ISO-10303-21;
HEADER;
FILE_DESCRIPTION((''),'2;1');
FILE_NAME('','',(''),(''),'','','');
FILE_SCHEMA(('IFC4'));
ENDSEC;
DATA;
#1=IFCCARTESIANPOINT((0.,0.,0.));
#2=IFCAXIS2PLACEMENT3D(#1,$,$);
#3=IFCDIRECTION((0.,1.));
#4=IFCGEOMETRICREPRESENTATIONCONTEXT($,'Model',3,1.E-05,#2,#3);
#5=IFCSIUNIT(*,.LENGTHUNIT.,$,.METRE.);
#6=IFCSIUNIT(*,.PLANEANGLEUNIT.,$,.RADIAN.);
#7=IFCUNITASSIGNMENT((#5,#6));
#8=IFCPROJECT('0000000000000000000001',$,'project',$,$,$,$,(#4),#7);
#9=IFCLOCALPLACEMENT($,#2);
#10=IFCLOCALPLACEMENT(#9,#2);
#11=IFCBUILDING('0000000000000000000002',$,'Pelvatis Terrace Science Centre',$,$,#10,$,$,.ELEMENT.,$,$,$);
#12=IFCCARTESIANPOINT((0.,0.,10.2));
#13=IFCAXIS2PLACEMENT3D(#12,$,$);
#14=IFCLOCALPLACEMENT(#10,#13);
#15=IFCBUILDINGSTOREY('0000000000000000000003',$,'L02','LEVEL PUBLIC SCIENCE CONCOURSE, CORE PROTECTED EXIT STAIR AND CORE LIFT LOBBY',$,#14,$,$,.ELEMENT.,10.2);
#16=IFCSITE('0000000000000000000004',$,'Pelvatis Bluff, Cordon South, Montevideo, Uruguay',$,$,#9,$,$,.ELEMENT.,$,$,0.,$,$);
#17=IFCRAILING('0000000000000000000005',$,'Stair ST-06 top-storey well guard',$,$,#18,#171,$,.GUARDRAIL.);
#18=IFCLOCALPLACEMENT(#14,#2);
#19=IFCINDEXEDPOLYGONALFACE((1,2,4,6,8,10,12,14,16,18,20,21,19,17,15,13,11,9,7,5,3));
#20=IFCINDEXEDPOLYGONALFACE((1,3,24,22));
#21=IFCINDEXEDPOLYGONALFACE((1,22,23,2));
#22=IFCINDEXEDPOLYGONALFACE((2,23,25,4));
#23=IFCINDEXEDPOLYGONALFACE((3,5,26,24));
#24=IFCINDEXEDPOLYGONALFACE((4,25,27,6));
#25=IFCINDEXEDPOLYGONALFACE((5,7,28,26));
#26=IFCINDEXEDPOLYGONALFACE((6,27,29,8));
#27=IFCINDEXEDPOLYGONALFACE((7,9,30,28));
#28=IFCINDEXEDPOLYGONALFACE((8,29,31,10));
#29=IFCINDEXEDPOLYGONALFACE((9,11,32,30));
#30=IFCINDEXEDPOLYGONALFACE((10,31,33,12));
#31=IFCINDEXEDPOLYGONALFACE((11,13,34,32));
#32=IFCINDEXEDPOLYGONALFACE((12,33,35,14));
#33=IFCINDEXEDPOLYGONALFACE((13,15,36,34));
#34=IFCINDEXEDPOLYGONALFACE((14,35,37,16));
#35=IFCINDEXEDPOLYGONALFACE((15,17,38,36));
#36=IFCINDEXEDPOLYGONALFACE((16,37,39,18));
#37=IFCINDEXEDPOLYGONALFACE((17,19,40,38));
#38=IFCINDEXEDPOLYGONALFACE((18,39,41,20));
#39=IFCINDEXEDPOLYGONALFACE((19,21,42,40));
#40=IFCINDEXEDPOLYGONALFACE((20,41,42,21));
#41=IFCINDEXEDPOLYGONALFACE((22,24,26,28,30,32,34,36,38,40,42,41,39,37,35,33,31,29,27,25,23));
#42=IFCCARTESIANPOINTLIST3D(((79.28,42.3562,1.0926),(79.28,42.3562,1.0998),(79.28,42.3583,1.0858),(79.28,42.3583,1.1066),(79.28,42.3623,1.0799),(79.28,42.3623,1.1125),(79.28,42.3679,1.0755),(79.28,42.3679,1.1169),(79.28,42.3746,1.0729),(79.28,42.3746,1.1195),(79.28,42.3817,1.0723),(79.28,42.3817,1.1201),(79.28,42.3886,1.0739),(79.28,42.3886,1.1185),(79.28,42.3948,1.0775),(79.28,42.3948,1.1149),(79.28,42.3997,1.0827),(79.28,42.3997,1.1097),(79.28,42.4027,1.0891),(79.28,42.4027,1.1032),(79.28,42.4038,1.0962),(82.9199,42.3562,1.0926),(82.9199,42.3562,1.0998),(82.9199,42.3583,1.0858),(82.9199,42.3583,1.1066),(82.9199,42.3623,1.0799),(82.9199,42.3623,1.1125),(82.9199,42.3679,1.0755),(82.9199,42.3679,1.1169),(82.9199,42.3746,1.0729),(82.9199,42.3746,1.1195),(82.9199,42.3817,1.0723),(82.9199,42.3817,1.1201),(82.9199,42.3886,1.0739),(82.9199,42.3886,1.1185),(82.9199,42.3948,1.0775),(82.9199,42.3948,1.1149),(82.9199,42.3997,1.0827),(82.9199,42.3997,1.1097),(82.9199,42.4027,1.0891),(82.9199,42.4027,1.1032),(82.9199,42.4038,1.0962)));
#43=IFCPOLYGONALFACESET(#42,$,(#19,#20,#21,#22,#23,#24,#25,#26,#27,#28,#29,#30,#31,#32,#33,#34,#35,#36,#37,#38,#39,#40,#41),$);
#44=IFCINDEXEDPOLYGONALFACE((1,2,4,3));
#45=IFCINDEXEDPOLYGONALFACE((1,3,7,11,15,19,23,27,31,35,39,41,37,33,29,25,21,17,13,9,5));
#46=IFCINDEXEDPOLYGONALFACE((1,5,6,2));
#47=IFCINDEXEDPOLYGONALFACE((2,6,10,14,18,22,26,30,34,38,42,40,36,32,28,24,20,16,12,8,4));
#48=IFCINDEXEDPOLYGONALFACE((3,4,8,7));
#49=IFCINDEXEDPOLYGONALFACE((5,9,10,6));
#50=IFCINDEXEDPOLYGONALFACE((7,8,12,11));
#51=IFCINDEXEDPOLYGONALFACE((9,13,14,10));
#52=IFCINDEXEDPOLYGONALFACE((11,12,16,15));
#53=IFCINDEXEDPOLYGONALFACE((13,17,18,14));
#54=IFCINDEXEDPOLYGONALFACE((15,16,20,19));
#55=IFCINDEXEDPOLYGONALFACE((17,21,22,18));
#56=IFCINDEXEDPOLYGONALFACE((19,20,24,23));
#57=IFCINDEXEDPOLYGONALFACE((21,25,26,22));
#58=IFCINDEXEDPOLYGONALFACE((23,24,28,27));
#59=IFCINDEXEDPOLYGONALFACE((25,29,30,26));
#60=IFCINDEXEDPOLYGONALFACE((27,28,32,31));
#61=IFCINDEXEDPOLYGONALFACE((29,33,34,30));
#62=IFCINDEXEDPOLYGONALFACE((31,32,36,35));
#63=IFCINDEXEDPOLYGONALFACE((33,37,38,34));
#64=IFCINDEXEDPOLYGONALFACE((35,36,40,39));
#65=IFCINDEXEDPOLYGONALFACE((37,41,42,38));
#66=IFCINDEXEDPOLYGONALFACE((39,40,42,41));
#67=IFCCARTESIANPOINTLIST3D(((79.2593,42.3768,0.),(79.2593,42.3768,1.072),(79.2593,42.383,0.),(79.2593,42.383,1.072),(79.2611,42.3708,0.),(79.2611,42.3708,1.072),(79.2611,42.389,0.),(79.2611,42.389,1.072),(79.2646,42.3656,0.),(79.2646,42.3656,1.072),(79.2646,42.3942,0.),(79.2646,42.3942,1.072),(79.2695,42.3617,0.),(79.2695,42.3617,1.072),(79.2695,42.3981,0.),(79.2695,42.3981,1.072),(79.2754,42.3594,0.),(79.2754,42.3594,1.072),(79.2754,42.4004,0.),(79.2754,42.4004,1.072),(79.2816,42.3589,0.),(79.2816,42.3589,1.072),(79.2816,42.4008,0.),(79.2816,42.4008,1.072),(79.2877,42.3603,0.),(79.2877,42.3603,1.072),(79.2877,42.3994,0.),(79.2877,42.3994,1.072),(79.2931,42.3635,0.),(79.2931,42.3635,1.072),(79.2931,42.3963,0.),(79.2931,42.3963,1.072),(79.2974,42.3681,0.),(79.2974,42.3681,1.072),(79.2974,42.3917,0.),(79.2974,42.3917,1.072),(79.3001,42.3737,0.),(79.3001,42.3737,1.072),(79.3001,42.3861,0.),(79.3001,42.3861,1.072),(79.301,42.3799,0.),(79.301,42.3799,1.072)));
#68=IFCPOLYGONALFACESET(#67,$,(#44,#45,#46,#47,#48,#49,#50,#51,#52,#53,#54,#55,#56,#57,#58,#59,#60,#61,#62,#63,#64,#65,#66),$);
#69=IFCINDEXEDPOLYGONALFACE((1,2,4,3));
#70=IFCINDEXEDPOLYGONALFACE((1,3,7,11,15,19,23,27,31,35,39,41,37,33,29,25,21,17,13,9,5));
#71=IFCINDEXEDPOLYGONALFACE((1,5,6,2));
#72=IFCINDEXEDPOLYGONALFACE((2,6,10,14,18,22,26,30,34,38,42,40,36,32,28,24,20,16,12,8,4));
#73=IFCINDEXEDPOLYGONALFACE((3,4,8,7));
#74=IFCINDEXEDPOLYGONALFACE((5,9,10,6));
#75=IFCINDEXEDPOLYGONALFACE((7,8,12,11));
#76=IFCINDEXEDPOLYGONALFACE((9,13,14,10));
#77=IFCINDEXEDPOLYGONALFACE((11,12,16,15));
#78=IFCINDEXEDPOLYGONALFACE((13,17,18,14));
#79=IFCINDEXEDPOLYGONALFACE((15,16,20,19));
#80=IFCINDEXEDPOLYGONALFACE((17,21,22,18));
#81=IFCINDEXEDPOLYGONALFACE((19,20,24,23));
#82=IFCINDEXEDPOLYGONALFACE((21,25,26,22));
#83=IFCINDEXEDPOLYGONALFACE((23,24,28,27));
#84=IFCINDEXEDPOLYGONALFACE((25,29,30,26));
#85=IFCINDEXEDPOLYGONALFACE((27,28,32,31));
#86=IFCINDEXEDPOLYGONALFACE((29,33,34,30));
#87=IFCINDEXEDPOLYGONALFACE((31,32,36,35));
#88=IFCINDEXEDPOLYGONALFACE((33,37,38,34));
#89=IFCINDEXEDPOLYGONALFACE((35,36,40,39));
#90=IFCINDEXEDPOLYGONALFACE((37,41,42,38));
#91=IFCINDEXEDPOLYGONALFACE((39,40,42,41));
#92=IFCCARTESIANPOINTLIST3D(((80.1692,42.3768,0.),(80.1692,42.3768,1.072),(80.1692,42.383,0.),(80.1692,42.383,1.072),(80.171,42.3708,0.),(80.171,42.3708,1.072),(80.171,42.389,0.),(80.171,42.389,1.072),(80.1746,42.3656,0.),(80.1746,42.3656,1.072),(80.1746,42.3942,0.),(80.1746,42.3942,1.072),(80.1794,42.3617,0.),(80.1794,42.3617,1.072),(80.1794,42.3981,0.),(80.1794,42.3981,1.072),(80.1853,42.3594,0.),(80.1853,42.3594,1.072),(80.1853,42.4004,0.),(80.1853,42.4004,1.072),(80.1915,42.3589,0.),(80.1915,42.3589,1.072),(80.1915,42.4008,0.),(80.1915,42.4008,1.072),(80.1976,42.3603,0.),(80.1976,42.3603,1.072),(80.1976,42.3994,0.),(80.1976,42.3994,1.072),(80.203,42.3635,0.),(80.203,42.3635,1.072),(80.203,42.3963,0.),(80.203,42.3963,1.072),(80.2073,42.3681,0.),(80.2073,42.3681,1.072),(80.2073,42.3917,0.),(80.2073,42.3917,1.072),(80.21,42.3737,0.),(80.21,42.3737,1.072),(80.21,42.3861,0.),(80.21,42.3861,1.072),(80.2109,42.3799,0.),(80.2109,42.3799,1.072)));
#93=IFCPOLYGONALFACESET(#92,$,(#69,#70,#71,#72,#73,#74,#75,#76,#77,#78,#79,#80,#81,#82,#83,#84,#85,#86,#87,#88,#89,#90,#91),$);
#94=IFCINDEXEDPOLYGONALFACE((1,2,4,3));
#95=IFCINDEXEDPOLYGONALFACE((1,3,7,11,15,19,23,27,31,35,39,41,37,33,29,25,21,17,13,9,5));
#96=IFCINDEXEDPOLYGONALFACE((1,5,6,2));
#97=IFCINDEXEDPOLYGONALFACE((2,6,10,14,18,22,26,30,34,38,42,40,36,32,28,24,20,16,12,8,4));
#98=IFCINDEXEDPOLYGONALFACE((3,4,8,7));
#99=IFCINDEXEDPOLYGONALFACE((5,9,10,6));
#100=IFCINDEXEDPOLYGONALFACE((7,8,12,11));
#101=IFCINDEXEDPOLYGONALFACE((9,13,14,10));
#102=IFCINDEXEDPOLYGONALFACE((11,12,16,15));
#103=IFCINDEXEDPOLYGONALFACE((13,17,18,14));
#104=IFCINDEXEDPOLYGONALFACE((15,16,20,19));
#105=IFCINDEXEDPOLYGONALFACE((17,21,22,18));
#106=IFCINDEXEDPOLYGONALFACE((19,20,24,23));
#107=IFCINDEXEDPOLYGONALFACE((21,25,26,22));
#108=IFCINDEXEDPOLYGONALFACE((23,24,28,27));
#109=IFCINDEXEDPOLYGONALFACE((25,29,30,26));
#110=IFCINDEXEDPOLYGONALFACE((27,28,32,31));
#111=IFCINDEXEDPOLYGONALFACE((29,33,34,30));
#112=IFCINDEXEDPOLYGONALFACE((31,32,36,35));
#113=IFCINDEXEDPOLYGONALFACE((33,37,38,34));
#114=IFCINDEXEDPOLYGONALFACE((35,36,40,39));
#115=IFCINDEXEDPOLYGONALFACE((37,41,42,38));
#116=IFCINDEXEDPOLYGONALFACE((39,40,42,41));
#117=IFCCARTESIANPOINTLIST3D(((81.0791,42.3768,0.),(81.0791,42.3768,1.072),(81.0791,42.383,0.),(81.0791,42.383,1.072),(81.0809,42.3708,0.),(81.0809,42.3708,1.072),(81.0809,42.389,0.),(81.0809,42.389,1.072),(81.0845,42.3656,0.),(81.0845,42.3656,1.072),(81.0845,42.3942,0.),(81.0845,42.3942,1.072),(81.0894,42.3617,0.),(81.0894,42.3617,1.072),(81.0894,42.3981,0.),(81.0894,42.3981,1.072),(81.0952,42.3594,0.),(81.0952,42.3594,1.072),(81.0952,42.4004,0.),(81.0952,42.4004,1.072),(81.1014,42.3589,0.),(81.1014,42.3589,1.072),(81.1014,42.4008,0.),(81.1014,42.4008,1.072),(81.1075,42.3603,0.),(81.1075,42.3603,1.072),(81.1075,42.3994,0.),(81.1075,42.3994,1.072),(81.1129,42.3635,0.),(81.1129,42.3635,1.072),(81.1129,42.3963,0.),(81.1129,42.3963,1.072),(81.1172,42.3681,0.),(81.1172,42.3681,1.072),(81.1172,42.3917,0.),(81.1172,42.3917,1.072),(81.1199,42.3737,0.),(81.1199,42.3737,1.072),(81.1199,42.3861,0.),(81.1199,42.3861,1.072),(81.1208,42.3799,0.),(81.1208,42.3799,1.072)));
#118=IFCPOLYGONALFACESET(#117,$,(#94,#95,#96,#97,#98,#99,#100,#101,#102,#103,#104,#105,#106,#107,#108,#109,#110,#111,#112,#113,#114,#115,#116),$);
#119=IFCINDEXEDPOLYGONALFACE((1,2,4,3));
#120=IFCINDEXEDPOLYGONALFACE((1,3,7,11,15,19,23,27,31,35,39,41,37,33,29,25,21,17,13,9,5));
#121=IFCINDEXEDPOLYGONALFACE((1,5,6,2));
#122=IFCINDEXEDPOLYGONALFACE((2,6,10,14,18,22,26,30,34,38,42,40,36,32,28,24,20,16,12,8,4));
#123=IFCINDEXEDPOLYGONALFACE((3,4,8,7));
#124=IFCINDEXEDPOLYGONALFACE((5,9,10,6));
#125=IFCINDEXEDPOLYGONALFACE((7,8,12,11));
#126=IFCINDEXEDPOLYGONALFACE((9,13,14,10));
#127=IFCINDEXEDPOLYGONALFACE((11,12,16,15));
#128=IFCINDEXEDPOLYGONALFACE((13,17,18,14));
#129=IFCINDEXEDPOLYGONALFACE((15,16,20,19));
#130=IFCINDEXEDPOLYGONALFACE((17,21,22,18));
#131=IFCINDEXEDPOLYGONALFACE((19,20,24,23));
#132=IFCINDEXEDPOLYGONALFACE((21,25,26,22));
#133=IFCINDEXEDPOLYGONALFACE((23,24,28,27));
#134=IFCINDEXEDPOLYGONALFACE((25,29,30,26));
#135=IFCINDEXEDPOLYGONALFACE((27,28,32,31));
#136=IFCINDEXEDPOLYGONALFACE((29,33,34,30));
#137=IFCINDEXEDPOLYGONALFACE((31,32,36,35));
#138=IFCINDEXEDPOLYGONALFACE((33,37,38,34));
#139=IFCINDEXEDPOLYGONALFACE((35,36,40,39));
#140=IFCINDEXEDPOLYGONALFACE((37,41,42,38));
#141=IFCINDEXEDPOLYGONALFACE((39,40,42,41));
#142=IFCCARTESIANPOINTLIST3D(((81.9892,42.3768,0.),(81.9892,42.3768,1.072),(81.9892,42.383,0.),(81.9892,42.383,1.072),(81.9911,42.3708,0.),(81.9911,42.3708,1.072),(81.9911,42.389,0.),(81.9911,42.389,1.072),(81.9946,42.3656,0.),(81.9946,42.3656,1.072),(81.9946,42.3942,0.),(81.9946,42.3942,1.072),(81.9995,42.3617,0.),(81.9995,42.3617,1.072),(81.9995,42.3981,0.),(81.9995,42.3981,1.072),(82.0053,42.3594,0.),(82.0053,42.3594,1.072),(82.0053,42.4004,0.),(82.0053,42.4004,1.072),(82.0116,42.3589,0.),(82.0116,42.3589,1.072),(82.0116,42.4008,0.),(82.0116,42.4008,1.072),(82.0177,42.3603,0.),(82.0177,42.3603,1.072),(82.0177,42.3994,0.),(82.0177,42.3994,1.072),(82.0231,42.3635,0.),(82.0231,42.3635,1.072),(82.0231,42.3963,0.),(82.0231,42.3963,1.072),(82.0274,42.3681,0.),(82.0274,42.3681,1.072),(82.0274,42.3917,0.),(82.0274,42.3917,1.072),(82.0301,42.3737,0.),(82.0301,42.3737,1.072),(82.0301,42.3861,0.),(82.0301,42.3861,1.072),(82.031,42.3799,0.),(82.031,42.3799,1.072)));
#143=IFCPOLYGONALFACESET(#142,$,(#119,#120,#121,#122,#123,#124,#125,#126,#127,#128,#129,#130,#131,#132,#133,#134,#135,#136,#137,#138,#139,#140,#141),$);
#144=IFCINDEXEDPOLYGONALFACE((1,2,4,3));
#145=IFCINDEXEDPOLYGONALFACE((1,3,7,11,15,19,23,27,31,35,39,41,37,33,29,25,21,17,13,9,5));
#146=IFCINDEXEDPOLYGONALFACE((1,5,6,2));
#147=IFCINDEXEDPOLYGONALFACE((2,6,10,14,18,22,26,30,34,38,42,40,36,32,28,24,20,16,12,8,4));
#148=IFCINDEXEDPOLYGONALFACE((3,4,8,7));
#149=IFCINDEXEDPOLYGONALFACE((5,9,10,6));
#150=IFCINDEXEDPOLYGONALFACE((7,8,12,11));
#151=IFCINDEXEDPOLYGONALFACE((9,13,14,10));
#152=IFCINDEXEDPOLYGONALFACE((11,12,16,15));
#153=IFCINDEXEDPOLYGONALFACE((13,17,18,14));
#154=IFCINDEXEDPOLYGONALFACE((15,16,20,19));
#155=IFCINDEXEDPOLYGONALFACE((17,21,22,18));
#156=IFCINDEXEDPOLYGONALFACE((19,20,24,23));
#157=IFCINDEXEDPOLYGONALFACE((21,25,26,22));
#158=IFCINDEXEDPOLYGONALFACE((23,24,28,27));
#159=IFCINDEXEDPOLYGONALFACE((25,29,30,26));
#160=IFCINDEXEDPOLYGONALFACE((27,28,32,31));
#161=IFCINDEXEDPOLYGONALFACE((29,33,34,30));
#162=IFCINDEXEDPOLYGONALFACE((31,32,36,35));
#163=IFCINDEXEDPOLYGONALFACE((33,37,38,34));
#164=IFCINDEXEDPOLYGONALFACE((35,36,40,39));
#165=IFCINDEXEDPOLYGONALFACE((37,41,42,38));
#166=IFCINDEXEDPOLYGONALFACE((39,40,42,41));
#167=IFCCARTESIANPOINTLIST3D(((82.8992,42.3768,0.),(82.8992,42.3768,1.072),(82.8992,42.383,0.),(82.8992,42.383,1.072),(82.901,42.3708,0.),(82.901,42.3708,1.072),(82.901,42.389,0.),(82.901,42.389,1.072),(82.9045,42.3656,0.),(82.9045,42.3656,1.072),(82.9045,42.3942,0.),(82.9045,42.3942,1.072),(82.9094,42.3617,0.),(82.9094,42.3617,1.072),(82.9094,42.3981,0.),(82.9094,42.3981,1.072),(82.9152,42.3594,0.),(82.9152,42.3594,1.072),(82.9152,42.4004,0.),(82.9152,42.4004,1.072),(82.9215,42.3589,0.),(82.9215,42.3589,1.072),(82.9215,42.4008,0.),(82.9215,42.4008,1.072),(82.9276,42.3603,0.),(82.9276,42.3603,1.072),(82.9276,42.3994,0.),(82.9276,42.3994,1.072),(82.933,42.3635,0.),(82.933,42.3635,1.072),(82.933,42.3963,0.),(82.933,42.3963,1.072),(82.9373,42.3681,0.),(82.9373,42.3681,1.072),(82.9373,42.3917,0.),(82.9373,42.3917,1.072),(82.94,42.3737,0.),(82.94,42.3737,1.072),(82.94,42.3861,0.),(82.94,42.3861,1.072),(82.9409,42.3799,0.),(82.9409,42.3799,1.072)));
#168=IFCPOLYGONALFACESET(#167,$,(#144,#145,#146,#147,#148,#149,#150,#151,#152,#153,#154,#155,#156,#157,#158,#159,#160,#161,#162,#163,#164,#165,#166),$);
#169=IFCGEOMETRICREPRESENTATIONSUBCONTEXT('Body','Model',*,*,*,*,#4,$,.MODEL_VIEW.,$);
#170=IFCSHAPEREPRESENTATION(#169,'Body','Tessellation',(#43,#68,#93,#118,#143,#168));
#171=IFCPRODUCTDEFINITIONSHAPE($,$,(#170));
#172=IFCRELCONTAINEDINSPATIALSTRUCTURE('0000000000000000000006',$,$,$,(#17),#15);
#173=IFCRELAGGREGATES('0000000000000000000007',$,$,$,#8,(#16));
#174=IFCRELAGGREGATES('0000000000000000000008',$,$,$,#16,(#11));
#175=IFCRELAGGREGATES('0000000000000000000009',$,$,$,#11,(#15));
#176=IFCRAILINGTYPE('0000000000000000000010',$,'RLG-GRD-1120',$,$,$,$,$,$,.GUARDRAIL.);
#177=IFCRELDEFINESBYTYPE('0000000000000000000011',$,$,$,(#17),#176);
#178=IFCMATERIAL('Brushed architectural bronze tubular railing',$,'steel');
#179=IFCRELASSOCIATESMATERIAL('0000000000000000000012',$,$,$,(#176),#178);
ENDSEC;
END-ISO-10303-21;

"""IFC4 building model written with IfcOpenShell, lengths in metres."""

from ifc_helpers import new_model, si_unit, direction, frame, origin, origin_2d, place, context, subcontext, project, spatial, circle, extrude, material, type_object, element, save


model = new_model("IFC4")

# Units and contexts
model_context = context("Model", 3, precision=1e-05, world=origin(), true_north=direction((0.0, 1.0)))
body_context = subcontext(model_context, "Body", "Model", "MODEL_VIEW")
ifc_project = project(units=[si_unit("LENGTHUNIT", "METRE"), si_unit("PLANEANGLEUNIT", "RADIAN")], contexts=[model_context])

# Site, building, storey
site_placement = place(None, origin())
site = spatial("IfcSite", under=ifc_project, at=site_placement, Name="Pelvatis Bluff, Cordon South, Montevideo, Uruguay", CompositionType="ELEMENT", RefElevation=0.0)
building_placement = place(site_placement, origin())
building = spatial("IfcBuilding", under=site, at=building_placement, Name="Pelvatis Terrace Science Centre", CompositionType="ELEMENT")
storey_placement = place(building_placement, frame((0.0, 0.0, 10.2)))
storey = spatial("IfcBuildingStorey", under=building, at=storey_placement, Name="L02", Description="LEVEL PUBLIC SCIENCE CONCOURSE, CORE PROTECTED EXIT STAIR AND CORE LIFT LOBBY", CompositionType="ELEMENT", Elevation=10.2)

# Railing
ifc_material_1 = material(Name="Brushed architectural bronze tubular railing", Category="steel")
railing_type = type_object("IfcRailingType", Name="RLG-GRD-1120", PredefinedType="GUARDRAIL", material=ifc_material_1)
railing_placement = place(storey_placement, frame((79.28, 42.3799, 0.0)))
element("IfcRailing", 1, at=railing_placement, inside=storey, type_object=railing_type, Name="Stair ST-06 top-storey well guard", PredefinedType="GUARDRAIL", context=body_context, shape_type="SweptSolid", body=[
    extrude(circle(Radius=0.0239, at=origin_2d()), frame((0.0, 0.0, 1.0962), z_axis=(1.0, 0.0, 0.0), x_axis=(0.0, 1.0, 0.0)), (0.0, 0.0, 1.0), 3.6399),
    extrude(circle(Radius=0.021, at=origin_2d()), origin(), (0.0, 0.0, 1.0), 1.072),
    extrude(circle(Radius=0.021, at=origin_2d()), frame((0.9099, 0.0, 0.0)), (0.0, 0.0, 1.0), 1.072),
    extrude(circle(Radius=0.021, at=origin_2d()), frame((1.8198, 0.0, 0.0)), (0.0, 0.0, 1.0), 1.072),
    extrude(circle(Radius=0.021, at=origin_2d()), frame((2.73, 0.0, 0.0)), (0.0, 0.0, 1.0), 1.072),
    extrude(circle(Radius=0.021, at=origin_2d()), frame((3.6399, 0.0, 0.0)), (0.0, 0.0, 1.0), 1.072),
])

save(model, "model.ifc")
